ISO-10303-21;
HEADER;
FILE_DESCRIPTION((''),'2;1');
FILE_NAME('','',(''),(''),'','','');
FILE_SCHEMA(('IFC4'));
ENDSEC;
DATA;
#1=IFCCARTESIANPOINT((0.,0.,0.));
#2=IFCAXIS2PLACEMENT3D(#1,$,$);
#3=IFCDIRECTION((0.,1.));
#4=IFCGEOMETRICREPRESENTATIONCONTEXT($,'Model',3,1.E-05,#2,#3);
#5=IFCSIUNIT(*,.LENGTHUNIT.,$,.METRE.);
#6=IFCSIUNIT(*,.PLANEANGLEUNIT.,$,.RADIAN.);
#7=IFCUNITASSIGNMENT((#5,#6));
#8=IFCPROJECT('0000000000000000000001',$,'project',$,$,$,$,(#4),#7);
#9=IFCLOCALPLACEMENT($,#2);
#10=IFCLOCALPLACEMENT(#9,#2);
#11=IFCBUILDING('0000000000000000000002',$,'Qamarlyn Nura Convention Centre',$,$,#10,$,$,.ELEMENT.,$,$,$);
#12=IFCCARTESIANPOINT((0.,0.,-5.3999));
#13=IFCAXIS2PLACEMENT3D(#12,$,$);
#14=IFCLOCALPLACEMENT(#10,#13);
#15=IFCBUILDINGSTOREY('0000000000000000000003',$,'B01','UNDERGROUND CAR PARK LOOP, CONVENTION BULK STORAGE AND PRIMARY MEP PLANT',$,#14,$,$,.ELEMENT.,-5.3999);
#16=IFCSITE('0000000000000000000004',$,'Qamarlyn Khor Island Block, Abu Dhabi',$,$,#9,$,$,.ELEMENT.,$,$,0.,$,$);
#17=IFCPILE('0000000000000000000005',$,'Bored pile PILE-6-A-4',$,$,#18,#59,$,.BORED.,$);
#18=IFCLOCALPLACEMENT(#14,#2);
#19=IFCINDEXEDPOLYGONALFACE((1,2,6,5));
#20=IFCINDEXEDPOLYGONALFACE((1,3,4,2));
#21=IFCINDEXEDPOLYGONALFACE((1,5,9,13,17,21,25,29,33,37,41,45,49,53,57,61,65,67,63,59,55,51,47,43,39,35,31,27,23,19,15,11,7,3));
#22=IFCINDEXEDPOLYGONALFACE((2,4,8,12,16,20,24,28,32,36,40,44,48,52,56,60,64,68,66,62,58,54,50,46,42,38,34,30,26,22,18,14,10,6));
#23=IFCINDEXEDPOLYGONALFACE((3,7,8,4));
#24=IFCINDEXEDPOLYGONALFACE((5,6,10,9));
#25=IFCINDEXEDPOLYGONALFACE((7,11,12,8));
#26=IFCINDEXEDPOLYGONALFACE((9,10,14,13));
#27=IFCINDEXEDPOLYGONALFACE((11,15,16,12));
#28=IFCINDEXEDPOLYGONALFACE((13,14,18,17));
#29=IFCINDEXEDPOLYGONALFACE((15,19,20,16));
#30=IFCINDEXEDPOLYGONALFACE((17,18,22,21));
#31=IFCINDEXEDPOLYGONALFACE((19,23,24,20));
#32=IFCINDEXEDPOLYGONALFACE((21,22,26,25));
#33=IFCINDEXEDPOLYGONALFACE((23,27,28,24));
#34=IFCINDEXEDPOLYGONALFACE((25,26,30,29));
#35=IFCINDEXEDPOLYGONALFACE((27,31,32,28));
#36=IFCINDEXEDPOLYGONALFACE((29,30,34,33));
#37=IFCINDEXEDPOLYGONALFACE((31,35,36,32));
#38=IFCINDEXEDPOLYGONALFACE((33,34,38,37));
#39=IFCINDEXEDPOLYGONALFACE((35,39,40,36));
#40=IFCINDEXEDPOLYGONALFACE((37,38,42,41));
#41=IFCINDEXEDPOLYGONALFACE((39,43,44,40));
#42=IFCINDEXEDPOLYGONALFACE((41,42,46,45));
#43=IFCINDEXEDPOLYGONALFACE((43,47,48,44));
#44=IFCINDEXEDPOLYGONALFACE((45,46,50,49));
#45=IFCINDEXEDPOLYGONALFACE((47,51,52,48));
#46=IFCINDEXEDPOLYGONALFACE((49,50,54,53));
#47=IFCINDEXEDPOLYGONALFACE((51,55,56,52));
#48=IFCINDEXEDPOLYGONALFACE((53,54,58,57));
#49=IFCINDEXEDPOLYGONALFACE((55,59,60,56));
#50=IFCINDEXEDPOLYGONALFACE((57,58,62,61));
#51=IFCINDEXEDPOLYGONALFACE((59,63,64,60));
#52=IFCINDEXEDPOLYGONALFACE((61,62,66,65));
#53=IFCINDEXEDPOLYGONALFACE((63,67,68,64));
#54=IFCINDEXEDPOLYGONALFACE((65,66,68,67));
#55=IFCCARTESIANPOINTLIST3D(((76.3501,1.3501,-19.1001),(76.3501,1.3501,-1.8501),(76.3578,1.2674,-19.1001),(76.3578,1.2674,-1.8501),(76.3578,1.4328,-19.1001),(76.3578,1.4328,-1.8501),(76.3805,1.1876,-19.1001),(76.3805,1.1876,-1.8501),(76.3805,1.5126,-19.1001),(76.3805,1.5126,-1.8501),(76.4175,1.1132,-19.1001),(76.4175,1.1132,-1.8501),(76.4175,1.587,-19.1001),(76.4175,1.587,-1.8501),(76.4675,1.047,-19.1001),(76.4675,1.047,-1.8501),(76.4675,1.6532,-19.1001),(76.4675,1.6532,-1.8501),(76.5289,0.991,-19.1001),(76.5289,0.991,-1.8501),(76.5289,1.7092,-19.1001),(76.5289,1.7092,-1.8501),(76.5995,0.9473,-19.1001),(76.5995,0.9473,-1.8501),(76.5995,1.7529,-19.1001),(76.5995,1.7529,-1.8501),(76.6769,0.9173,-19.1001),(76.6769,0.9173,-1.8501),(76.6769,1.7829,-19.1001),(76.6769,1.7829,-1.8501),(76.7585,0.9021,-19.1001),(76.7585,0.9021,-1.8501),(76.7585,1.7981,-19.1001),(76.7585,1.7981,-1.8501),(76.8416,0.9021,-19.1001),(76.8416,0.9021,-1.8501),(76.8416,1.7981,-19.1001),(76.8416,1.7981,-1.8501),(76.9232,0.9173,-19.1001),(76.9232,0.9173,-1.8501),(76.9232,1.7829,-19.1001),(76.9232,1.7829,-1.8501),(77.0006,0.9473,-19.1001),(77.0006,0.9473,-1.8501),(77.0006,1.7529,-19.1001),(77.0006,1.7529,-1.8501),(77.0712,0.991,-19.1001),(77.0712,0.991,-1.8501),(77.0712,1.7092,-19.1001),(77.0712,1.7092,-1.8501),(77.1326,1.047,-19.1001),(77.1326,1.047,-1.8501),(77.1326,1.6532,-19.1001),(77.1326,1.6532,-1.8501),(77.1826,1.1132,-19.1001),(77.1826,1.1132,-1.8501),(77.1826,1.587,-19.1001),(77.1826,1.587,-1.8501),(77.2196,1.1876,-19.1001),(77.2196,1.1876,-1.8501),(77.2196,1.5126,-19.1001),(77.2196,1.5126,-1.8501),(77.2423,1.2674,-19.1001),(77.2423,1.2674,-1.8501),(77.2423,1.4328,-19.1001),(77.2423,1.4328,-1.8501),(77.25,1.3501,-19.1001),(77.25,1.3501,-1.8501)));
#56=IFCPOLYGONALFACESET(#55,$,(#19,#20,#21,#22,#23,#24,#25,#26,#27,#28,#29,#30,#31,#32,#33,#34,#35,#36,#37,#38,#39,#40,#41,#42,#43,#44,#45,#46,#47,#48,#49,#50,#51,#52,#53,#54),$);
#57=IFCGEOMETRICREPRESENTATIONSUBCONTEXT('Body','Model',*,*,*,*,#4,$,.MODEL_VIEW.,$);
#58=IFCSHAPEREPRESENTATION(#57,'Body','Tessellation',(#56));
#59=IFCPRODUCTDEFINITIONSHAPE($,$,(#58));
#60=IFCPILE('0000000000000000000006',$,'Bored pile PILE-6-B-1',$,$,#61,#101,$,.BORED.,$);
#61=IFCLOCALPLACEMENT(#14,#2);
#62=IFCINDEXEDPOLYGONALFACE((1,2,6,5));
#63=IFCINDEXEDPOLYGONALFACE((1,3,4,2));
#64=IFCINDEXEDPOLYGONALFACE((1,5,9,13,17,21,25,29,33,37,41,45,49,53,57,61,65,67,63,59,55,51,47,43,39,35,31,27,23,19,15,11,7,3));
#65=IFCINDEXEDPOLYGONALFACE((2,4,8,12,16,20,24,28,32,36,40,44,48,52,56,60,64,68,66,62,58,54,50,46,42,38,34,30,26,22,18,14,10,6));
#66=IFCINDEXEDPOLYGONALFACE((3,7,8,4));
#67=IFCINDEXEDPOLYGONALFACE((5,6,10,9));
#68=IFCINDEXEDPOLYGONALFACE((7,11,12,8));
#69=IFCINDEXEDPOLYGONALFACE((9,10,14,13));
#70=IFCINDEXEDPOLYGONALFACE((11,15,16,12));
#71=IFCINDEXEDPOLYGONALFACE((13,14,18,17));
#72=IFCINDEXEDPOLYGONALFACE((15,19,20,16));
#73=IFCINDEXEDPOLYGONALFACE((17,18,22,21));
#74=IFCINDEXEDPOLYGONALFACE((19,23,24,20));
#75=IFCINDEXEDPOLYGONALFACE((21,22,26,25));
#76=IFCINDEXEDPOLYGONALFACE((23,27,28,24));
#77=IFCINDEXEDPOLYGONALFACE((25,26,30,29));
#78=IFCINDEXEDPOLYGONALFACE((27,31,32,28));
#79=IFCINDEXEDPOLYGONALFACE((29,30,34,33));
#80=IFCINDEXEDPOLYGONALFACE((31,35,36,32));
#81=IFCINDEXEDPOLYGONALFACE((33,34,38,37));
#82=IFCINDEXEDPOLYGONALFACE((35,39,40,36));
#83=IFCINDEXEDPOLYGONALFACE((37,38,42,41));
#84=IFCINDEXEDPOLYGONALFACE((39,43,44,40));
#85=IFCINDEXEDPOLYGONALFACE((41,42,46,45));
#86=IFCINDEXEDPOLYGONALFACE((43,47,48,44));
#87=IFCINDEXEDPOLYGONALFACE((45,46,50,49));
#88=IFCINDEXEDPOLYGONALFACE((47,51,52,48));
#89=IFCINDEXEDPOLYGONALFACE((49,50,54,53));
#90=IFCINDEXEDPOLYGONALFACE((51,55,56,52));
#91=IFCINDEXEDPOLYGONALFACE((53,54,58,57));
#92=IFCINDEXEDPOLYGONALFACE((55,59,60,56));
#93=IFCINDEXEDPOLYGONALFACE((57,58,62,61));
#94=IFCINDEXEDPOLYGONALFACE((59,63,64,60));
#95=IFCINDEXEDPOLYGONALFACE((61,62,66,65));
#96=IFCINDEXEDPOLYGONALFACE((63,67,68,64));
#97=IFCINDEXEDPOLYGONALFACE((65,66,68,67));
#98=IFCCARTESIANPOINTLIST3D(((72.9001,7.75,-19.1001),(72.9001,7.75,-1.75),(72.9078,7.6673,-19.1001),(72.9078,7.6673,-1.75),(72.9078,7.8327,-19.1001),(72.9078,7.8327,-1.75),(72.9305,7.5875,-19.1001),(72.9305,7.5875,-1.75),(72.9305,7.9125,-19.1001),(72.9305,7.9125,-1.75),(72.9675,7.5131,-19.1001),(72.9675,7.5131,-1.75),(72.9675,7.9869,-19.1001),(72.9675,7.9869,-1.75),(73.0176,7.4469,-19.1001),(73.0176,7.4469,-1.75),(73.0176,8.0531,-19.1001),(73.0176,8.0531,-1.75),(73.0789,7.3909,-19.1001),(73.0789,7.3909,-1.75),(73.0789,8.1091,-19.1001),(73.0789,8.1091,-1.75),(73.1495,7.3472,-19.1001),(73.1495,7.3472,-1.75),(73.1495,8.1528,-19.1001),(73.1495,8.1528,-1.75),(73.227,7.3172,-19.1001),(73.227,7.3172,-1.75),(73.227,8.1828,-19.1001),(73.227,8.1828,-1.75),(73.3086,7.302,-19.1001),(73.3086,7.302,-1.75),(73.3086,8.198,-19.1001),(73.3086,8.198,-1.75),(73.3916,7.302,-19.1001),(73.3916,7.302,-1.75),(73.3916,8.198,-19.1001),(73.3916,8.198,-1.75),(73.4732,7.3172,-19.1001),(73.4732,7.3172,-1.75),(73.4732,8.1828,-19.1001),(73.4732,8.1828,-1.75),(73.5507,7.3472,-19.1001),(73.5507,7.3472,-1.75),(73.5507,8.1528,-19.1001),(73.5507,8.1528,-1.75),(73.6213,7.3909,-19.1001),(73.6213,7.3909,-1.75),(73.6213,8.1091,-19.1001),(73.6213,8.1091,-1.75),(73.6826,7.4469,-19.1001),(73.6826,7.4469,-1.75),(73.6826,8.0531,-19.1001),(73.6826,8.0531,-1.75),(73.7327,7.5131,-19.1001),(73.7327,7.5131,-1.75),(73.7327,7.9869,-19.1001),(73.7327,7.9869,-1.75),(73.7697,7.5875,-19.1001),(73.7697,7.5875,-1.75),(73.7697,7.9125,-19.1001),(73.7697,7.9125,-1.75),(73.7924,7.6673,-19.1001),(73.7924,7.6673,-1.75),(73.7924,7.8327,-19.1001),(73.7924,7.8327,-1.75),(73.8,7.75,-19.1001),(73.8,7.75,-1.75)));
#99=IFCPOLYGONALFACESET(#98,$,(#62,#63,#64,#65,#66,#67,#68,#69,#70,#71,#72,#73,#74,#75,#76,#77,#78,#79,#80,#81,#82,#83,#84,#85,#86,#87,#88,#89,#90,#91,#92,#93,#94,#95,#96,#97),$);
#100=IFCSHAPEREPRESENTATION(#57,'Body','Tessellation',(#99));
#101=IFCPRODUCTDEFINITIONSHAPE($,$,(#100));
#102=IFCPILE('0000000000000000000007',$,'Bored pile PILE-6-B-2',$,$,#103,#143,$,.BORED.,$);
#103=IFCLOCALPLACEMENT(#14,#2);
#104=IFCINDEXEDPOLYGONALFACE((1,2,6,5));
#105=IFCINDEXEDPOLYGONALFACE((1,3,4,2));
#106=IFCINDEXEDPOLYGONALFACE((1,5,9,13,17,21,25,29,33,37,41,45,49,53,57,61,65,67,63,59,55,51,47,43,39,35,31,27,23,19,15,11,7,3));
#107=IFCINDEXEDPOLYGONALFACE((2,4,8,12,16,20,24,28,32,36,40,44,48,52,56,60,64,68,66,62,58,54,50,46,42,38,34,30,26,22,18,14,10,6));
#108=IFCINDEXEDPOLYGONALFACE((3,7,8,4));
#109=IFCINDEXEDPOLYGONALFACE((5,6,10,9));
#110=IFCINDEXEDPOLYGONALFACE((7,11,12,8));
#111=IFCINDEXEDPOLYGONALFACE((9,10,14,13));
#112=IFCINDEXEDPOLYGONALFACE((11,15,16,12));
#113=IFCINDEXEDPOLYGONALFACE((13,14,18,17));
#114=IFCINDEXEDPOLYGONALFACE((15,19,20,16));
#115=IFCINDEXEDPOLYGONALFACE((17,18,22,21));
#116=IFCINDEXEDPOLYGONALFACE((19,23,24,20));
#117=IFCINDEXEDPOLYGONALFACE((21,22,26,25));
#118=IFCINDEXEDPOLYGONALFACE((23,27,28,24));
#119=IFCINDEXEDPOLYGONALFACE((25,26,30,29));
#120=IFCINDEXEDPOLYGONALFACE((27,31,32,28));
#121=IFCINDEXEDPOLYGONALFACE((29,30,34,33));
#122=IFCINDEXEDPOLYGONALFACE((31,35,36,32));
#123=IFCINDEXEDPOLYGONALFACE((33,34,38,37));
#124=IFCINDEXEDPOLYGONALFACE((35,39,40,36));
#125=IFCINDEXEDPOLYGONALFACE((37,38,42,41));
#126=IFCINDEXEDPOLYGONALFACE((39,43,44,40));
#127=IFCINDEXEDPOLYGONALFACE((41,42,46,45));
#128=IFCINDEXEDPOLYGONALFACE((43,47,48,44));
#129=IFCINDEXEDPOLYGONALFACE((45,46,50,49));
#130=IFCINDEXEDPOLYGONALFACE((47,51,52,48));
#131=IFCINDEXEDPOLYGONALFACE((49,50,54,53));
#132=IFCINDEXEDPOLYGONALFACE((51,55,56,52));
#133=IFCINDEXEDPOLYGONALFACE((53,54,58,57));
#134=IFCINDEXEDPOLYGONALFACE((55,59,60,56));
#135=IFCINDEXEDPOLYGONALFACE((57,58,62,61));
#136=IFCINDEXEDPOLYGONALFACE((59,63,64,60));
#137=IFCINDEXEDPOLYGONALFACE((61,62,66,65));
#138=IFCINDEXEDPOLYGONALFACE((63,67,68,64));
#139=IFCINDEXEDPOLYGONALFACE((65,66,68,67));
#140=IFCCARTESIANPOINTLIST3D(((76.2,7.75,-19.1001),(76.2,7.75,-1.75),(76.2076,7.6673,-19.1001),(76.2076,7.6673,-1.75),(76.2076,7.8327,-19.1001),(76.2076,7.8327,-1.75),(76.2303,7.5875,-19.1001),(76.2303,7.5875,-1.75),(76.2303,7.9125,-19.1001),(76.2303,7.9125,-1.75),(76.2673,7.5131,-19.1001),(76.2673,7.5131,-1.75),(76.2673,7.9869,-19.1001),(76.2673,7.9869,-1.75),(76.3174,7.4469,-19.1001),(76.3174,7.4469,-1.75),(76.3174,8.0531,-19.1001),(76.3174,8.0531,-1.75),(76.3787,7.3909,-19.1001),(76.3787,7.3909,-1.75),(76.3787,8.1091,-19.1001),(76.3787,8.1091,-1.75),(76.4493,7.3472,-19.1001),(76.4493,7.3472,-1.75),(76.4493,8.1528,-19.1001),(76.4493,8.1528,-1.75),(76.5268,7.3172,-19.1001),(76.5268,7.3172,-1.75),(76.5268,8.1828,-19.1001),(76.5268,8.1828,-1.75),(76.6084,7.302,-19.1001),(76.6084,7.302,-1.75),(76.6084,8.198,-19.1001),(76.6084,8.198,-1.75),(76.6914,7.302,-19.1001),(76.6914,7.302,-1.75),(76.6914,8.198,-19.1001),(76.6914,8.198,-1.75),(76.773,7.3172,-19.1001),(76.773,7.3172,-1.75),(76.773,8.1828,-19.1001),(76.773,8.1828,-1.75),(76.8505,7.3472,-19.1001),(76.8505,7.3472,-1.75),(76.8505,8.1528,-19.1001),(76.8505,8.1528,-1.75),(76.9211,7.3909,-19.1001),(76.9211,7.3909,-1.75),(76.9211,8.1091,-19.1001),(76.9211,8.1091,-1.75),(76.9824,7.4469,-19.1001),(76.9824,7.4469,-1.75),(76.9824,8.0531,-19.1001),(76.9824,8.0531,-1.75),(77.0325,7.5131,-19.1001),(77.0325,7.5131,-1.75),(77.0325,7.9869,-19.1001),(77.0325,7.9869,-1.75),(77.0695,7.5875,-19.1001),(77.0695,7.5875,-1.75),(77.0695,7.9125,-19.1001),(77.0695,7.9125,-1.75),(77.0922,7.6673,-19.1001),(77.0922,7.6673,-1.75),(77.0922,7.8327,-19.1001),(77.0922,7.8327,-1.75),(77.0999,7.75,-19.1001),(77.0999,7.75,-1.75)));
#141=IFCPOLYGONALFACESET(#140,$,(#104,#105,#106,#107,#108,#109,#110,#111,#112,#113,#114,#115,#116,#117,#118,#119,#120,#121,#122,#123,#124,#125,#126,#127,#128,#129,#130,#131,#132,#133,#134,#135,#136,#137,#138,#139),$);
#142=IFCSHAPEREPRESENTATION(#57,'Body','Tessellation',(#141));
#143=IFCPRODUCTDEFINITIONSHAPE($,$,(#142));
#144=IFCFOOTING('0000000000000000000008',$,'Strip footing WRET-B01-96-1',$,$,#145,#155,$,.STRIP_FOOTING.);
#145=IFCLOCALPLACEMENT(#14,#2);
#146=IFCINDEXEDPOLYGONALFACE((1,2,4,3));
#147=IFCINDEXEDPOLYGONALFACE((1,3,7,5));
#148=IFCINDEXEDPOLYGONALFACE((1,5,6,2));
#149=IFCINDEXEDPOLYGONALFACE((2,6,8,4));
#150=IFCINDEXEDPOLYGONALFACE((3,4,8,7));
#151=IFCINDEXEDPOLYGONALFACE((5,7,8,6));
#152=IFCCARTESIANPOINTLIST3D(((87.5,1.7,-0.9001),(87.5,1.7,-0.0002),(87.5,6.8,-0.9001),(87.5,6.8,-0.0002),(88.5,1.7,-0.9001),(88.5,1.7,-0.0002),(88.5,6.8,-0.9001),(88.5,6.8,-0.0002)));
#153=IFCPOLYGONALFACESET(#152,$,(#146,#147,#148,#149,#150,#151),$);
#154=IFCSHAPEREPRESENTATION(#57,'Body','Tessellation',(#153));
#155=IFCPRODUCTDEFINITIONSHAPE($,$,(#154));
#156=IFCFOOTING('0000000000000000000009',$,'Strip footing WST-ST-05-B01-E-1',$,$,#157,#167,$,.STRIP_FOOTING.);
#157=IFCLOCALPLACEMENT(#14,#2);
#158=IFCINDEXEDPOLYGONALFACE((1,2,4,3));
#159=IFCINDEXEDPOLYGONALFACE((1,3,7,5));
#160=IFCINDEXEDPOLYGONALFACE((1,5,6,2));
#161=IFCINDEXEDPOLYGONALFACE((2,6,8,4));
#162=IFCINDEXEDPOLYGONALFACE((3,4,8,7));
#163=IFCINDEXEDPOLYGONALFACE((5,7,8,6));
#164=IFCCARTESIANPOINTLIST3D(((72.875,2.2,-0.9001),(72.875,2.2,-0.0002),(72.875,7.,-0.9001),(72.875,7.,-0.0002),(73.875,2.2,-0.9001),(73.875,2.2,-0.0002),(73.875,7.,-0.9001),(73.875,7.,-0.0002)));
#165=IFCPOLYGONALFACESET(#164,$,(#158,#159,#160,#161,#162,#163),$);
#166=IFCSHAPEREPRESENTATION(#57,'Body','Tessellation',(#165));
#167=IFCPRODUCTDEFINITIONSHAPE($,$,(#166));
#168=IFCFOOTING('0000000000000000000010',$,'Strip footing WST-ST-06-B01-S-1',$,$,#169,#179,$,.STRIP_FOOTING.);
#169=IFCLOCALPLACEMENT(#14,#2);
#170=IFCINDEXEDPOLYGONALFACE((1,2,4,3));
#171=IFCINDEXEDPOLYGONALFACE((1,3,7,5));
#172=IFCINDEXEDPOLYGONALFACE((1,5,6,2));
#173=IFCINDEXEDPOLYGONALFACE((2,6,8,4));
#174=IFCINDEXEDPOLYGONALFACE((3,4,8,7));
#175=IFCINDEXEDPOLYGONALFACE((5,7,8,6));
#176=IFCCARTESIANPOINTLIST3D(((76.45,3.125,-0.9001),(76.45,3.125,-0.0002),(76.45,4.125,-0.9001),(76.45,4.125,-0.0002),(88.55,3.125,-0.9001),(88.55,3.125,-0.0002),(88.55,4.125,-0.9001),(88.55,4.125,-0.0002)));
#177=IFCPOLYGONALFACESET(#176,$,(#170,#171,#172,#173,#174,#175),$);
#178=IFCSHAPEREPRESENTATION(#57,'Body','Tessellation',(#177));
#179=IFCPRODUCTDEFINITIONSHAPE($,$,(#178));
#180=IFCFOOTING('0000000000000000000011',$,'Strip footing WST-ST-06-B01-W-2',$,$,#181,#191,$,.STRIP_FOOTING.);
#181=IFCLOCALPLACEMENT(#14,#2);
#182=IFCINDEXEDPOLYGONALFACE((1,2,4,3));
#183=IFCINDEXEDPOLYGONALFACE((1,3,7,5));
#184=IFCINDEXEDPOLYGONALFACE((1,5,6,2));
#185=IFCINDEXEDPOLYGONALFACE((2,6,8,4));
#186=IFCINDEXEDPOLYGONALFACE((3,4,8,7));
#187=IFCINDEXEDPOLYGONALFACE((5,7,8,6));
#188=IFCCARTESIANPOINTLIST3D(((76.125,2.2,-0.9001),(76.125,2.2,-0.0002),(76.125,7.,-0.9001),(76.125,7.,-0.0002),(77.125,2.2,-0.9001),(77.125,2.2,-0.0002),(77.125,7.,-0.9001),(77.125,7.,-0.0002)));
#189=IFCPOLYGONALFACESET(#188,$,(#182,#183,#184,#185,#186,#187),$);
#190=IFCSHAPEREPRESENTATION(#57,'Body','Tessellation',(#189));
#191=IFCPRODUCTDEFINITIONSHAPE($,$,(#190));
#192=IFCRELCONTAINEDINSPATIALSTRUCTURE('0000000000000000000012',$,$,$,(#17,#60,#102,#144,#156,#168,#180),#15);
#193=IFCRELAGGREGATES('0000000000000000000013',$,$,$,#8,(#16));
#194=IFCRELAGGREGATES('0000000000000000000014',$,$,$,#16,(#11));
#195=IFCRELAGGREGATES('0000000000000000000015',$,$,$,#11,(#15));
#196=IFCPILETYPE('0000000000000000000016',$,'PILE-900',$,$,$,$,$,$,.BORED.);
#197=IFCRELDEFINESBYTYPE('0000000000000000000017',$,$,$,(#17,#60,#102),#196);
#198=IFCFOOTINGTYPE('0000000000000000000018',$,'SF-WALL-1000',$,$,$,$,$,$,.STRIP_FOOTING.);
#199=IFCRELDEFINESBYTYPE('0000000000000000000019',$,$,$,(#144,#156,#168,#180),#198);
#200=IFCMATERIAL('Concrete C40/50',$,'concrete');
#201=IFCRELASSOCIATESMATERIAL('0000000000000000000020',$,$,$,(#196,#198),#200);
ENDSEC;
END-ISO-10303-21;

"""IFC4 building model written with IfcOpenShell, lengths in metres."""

from ifc_helpers import new_model, si_unit, direction, frame, origin, origin_2d, place, context, subcontext, project, spatial, rectangle, circle, extrude, material, material_profile, profile_set, type_object, element, save


model = new_model("IFC4")

# Units and contexts
model_context = context("Model", 3, precision=1e-05, world=origin(), true_north=direction((0.0, 1.0)))
body_context = subcontext(model_context, "Body", "Model", "MODEL_VIEW")
ifc_project = project(units=[si_unit("LENGTHUNIT", "METRE"), si_unit("PLANEANGLEUNIT", "RADIAN")], contexts=[model_context])

# Site, building, storey
site_placement = place(None, origin())
site = spatial("IfcSite", under=ifc_project, at=site_placement, Name="Qamarlyn Khor Island Block, Abu Dhabi", CompositionType="ELEMENT", RefElevation=0.0)
building_placement = place(site_placement, origin())
building = spatial("IfcBuilding", under=site, at=building_placement, Name="Qamarlyn Nura Convention Centre", CompositionType="ELEMENT")
storey_placement = place(building_placement, frame((0.0, 0.0, -5.3999)))
storey = spatial("IfcBuildingStorey", under=building, at=storey_placement, Name="B01", Description="UNDERGROUND CAR PARK LOOP, CONVENTION BULK STORAGE AND PRIMARY MEP PLANT", CompositionType="ELEMENT", Elevation=-5.3999)

# Shared definitions
ifc_material_1 = material(Name="Concrete C40/50", Category="concrete")

# Piles
ifc_material_profile_1 = material_profile(ifc_material_1, circle(Radius=0.45, at=origin_2d()), Name="BORED PILE 900")
ifc_profile_set_1 = profile_set([ifc_material_profile_1], Name="Concrete C40/50")
pile_type = type_object("IfcPileType", Name="PILE-900", PredefinedType="BORED", material=ifc_profile_set_1)
for number, where, z_axis, x_axis, name in (
    (1, (76.8, 1.3501, -1.8501), (0.0, 0.0, -1.0), (1.0, 0.0, 0.0), "Bored pile PILE-6-A-4"),
):
    element("IfcPile", number, at=place(storey_placement, frame(where, z_axis=z_axis, x_axis=x_axis)), inside=storey, type_object=pile_type, Name=name, PredefinedType="BORED", context=body_context, shape_type="SweptSolid", body=[
        extrude(circle(Radius=0.45, at=origin_2d()), origin(), (0.0, 0.0, 1.0), 17.25),
    ])
for number, where, z_axis, x_axis, name in (
    (2, (73.3501, 7.75, -1.75), (0.0, 0.0, -1.0), (1.0, 0.0, 0.0), "Bored pile PILE-6-B-1"),
    (3, (76.6499, 7.75, -1.75), (0.0, 0.0, -1.0), (1.0, 0.0, 0.0), "Bored pile PILE-6-B-2"),
):
    element("IfcPile", number, at=place(storey_placement, frame(where, z_axis=z_axis, x_axis=x_axis)), inside=storey, type_object=pile_type, Name=name, PredefinedType="BORED", context=body_context, shape_type="SweptSolid", body=[
        extrude(circle(Radius=0.45, at=origin_2d()), origin(), (0.0, 0.0, 1.0), 17.3501),
    ])

# Footings
ifc_material_profile_2 = material_profile(ifc_material_1, rectangle(XDim=1.0, YDim=0.8999, at=origin_2d()), Name="RC STRIP 1000x900")
ifc_profile_set_2 = profile_set([ifc_material_profile_2], Name="Concrete C40/50")
footing_type_1 = type_object("IfcFootingType", Name="SF-WALL-1000", PredefinedType="STRIP_FOOTING", material=ifc_profile_set_2)
footing_1_placement = place(storey_placement, frame((88.0, 6.8, -0.4502), z_axis=(0.0, -1.0, 0.0), x_axis=(1.0, 0.0, 0.0)))
element("IfcFooting", 4, at=footing_1_placement, inside=storey, type_object=footing_type_1, Name="Strip footing WRET-B01-96-1", PredefinedType="STRIP_FOOTING", context=body_context, shape_type="SweptSolid", body=[
    extrude(rectangle(XDim=1.0, YDim=0.8999, at=origin_2d()), origin(), (0.0, 0.0, 1.0), 5.1001),
])
footing_2_placement = place(storey_placement, frame((73.375, 2.2, -0.4502), z_axis=(0.0, 1.0, 0.0), x_axis=(-1.0, 0.0, 0.0)))
element("IfcFooting", 5, at=footing_2_placement, inside=storey, type_object=footing_type_1, Name="Strip footing WST-ST-05-B01-E-1", PredefinedType="STRIP_FOOTING", context=body_context, shape_type="SweptSolid", body=[
    extrude(rectangle(XDim=1.0, YDim=0.8999, at=origin_2d()), origin(), (0.0, 0.0, 1.0), 4.8),
])
footing_3_placement = place(storey_placement, frame((76.45, 3.625, -0.4502), z_axis=(1.0, 0.0, 0.0), x_axis=(0.0, 1.0, 0.0)))
element("IfcFooting", 6, at=footing_3_placement, inside=storey, type_object=footing_type_1, Name="Strip footing WST-ST-06-B01-S-1", PredefinedType="STRIP_FOOTING", context=body_context, shape_type="SweptSolid", body=[
    extrude(rectangle(XDim=1.0, YDim=0.8999, at=origin_2d()), origin(), (0.0, 0.0, 1.0), 12.1001),
])
footing_4_placement = place(storey_placement, frame((76.625, 7.0, -0.4502), z_axis=(0.0, -1.0, 0.0), x_axis=(1.0, 0.0, 0.0)))
element("IfcFooting", 7, at=footing_4_placement, inside=storey, type_object=footing_type_1, Name="Strip footing WST-ST-06-B01-W-2", PredefinedType="STRIP_FOOTING", context=body_context, shape_type="SweptSolid", body=[
    extrude(rectangle(XDim=1.0, YDim=0.8999, at=origin_2d()), origin(), (0.0, 0.0, 1.0), 4.8),
])

save(model, "model.ifc")
